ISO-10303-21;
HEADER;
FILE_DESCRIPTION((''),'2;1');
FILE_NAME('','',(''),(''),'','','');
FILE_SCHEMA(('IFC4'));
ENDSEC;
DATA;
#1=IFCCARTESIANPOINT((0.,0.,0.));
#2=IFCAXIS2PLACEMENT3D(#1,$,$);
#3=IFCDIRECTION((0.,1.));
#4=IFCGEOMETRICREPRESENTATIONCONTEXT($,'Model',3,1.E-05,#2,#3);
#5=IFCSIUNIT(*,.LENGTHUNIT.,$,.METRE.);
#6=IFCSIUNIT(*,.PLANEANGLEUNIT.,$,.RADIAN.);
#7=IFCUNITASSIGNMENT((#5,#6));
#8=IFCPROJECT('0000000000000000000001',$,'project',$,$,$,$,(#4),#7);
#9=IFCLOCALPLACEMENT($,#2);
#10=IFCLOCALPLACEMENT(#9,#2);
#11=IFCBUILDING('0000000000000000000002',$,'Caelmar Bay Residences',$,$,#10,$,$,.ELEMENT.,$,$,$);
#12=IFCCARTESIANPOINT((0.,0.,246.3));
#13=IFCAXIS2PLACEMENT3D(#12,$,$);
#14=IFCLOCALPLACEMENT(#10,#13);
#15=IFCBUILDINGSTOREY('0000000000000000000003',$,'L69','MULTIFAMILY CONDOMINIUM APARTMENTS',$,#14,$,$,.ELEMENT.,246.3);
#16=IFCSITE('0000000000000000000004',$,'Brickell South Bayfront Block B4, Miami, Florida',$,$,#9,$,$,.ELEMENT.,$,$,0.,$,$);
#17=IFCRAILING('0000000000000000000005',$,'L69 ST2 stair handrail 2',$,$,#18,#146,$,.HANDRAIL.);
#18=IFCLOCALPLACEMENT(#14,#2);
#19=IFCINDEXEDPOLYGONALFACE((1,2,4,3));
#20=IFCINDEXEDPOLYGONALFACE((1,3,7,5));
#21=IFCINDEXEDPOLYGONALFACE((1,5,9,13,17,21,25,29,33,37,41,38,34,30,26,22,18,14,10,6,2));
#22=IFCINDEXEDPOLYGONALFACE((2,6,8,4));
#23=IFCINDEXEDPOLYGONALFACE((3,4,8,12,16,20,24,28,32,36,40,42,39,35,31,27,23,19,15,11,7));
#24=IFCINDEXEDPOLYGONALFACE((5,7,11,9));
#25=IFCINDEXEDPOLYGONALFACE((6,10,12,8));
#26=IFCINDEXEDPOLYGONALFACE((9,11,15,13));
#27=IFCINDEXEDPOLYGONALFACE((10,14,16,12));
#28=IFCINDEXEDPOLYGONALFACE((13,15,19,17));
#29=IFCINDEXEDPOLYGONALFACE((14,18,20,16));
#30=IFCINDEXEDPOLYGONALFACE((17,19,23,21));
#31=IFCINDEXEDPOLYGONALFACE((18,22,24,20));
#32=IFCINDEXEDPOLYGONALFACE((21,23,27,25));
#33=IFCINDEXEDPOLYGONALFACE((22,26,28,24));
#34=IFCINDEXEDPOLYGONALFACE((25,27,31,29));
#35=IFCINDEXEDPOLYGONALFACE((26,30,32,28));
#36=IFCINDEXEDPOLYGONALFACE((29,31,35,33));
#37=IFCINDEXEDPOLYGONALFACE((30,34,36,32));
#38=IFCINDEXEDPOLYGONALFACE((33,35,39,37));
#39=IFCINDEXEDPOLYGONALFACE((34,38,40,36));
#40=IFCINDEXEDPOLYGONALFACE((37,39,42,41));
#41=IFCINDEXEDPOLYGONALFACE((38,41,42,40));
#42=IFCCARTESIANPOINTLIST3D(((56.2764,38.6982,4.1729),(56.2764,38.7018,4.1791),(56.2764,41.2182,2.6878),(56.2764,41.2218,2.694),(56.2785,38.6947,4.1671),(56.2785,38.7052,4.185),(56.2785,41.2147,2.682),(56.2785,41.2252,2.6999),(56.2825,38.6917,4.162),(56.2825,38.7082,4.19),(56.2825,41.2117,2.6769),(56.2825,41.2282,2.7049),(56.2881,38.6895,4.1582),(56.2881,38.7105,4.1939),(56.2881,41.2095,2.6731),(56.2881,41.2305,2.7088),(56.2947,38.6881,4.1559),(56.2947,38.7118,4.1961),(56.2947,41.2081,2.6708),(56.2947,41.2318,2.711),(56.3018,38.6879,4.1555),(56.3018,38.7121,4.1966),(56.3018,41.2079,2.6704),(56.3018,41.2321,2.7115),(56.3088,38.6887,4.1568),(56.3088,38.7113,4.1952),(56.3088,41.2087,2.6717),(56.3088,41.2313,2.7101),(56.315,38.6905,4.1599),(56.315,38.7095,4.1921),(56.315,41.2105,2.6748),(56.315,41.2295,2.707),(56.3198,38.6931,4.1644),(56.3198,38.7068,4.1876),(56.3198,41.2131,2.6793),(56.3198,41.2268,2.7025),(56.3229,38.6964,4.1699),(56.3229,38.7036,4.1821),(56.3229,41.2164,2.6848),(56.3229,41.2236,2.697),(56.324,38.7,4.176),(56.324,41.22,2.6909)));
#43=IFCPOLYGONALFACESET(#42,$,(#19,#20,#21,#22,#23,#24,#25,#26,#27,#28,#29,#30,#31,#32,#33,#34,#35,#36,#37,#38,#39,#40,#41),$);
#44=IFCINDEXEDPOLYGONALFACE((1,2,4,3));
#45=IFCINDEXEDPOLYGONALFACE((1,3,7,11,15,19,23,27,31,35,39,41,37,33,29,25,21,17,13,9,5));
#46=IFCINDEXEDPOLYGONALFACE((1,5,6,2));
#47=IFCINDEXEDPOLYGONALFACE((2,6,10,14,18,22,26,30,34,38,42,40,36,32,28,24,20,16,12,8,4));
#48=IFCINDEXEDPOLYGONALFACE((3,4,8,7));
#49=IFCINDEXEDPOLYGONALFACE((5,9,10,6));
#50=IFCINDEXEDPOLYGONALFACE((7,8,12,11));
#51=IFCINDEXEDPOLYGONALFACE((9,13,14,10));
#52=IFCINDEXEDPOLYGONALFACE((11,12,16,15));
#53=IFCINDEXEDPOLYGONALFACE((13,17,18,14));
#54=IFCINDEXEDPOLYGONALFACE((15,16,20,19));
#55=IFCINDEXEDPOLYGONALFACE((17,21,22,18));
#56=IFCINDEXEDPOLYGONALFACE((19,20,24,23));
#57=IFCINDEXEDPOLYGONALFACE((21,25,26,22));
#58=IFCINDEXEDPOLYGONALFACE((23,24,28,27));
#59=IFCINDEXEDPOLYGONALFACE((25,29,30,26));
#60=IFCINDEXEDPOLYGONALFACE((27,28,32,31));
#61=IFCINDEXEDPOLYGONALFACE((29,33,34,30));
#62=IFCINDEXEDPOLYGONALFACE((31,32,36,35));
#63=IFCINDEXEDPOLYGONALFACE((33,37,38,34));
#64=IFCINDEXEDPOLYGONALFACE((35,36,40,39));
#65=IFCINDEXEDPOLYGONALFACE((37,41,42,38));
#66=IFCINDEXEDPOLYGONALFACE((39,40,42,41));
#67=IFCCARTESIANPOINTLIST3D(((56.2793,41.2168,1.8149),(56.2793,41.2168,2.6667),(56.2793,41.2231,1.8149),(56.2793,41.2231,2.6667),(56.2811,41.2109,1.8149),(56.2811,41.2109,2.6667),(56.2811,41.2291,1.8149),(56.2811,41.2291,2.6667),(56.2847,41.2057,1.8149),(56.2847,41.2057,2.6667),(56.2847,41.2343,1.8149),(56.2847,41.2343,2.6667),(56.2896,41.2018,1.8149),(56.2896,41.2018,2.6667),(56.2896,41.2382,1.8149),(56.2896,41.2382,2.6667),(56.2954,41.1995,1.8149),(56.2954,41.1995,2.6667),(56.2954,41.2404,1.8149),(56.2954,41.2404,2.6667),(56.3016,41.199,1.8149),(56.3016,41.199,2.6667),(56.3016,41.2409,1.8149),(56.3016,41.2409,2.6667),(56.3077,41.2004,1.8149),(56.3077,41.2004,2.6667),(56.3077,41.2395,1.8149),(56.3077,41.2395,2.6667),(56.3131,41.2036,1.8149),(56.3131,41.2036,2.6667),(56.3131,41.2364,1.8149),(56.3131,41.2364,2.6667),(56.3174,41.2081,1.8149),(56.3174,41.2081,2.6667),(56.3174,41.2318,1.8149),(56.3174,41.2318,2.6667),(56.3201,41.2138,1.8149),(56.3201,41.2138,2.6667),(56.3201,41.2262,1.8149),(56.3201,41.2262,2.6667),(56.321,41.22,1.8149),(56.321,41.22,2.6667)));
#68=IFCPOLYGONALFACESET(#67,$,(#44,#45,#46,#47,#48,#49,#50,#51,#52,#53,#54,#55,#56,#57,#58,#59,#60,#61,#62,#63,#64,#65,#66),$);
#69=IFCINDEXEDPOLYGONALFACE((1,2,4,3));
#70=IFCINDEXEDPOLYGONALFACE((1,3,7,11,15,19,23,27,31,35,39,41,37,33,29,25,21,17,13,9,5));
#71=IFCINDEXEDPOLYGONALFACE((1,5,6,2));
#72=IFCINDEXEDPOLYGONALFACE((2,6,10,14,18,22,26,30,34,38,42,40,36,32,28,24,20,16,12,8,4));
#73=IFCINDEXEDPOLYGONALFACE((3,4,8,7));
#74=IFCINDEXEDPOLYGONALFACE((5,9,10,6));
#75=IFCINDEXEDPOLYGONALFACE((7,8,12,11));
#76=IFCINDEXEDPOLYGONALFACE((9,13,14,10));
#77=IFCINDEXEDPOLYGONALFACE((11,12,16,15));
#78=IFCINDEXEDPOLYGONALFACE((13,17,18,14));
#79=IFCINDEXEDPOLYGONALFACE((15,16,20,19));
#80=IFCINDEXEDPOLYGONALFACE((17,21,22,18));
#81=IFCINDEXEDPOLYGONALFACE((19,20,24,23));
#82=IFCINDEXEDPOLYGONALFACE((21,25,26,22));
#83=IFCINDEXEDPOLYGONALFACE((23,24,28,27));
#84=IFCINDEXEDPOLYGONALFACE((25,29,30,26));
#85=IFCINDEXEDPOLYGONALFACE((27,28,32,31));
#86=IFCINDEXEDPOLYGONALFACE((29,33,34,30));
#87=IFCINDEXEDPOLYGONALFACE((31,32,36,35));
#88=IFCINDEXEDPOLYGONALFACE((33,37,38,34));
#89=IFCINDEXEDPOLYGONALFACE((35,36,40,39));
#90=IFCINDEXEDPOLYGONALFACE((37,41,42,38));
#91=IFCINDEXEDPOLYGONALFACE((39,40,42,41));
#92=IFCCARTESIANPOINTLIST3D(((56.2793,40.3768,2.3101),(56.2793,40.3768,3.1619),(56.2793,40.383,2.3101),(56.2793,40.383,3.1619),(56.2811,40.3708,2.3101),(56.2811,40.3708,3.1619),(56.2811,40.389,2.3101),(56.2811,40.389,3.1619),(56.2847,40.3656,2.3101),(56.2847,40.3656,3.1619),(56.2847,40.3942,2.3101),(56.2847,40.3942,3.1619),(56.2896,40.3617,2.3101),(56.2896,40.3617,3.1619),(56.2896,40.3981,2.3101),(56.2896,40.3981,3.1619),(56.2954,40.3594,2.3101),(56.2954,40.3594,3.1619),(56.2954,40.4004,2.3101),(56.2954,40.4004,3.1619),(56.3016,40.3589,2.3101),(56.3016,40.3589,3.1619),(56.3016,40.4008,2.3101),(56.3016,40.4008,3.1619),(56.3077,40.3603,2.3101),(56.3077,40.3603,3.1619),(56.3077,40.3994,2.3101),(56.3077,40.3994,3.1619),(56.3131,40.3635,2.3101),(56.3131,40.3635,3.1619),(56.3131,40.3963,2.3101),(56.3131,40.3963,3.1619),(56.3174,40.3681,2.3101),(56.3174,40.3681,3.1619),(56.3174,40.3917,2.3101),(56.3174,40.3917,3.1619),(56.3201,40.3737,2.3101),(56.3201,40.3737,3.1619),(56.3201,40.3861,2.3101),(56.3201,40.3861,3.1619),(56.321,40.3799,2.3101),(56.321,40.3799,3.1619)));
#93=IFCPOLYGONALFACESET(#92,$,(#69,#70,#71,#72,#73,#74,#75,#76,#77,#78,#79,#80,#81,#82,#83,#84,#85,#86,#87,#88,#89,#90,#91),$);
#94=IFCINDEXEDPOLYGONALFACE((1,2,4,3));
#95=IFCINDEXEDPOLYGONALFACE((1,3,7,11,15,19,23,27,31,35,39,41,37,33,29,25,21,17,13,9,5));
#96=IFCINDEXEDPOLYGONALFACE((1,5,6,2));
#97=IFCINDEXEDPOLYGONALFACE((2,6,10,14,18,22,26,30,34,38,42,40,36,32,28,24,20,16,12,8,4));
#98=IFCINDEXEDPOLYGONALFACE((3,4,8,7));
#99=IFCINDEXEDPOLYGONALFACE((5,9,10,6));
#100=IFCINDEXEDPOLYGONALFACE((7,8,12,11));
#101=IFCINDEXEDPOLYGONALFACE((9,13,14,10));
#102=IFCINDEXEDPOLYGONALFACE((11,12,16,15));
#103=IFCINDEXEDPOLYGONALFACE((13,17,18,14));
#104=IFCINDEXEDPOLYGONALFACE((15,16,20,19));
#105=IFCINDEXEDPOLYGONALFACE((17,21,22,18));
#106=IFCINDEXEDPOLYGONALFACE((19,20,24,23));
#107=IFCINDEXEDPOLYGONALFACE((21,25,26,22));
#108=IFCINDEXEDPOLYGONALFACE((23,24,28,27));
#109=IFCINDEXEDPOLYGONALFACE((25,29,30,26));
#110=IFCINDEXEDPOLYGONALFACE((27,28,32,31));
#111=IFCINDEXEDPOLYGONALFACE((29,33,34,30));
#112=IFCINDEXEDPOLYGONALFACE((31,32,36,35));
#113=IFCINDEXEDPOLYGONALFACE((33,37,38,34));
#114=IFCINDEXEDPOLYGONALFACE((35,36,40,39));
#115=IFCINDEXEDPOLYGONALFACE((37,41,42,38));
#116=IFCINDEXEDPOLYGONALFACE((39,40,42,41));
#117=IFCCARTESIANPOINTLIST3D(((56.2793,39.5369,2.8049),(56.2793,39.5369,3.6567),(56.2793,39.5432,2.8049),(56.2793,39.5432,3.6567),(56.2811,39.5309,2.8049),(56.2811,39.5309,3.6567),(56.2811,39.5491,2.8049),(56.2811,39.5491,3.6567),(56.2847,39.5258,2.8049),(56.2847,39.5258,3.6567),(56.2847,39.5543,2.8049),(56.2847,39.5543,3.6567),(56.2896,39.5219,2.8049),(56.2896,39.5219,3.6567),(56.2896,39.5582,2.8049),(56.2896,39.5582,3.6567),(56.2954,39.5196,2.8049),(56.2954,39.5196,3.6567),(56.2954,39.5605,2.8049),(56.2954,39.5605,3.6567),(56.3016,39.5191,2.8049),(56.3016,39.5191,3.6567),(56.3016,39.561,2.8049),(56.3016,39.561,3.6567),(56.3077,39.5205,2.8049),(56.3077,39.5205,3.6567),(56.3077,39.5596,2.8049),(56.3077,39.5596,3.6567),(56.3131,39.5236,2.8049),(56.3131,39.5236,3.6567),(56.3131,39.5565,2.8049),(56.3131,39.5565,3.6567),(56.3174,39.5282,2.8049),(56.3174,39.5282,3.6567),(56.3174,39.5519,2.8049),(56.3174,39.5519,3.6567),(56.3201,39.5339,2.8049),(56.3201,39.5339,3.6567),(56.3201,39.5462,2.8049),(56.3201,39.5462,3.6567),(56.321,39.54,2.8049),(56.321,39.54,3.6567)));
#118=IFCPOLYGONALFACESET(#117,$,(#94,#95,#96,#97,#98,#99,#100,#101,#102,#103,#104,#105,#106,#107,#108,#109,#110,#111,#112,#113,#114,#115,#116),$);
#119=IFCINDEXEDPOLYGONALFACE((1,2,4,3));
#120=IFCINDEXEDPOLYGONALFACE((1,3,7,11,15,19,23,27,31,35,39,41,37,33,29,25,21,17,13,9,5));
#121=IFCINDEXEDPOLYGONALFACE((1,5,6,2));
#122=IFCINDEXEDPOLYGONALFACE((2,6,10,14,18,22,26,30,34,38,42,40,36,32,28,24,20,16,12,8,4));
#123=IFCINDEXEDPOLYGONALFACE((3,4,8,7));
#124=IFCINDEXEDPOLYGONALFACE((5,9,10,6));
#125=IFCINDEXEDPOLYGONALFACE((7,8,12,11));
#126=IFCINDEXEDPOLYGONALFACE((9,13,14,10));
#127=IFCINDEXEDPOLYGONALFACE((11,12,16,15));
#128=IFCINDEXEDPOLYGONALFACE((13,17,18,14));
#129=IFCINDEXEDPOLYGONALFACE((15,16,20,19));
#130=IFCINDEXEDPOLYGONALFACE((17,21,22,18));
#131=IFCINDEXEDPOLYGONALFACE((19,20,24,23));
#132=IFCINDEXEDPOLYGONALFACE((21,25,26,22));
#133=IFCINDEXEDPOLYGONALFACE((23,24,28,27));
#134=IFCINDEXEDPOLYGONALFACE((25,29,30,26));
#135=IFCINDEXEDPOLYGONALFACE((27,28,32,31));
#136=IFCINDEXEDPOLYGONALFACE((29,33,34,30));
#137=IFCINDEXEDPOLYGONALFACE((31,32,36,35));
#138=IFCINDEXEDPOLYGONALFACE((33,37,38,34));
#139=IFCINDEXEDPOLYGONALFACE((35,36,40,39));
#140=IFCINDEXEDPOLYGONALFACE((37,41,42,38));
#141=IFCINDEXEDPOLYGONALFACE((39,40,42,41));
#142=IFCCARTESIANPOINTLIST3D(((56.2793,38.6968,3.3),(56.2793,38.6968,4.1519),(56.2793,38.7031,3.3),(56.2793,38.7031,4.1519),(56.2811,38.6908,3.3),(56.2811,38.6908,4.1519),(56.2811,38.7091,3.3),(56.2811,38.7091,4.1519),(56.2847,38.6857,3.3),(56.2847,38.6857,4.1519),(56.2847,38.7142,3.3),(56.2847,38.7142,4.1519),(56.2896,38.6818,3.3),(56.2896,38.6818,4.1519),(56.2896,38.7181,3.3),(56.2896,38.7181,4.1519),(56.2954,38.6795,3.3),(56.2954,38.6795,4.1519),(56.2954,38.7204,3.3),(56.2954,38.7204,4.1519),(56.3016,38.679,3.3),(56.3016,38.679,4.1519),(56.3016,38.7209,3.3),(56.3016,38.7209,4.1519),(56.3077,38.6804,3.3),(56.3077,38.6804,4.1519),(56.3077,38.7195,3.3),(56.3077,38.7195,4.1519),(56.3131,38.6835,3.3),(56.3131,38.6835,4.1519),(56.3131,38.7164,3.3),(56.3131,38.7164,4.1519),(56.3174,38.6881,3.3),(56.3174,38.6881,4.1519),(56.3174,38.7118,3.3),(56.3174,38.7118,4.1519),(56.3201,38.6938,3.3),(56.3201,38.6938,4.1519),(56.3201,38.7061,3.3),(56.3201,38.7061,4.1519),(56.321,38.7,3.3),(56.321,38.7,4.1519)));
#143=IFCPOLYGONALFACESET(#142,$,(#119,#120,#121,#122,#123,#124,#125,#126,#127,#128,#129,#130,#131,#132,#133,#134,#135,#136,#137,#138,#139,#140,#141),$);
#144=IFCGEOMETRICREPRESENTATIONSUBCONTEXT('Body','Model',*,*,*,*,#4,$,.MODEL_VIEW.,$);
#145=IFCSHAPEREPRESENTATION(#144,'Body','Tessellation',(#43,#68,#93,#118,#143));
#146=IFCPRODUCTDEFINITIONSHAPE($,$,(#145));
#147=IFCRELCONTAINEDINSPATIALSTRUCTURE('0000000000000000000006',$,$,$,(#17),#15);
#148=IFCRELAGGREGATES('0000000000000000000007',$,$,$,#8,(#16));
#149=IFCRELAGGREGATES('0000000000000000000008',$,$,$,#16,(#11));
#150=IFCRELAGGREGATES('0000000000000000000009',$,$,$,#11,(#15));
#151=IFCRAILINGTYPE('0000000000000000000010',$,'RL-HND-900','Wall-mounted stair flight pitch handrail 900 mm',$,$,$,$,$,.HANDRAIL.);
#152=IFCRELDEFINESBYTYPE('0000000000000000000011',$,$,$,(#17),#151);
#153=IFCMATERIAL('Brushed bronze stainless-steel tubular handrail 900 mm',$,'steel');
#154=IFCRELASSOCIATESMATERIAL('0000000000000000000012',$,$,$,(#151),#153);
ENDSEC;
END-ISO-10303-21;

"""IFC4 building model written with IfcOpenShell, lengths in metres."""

from ifc_helpers import new_model, si_unit, direction, frame, origin, origin_2d, place, context, subcontext, project, spatial, circle, extrude, material, type_object, element, save


model = new_model("IFC4")

# Units and contexts
model_context = context("Model", 3, precision=1e-05, world=origin(), true_north=direction((0.0, 1.0)))
body_context = subcontext(model_context, "Body", "Model", "MODEL_VIEW")
ifc_project = project(units=[si_unit("LENGTHUNIT", "METRE"), si_unit("PLANEANGLEUNIT", "RADIAN")], contexts=[model_context])

# Site, building, storey
site_placement = place(None, origin())
site = spatial("IfcSite", under=ifc_project, at=site_placement, Name="Brickell South Bayfront Block B4, Miami, Florida", CompositionType="ELEMENT", RefElevation=0.0)
building_placement = place(site_placement, origin())
building = spatial("IfcBuilding", under=site, at=building_placement, Name="Caelmar Bay Residences", CompositionType="ELEMENT")
storey_placement = place(building_placement, frame((0.0, 0.0, 246.3)))
storey = spatial("IfcBuildingStorey", under=building, at=storey_placement, Name="L69", Description="MULTIFAMILY CONDOMINIUM APARTMENTS", CompositionType="ELEMENT", Elevation=246.3)

# Railing
ifc_material_1 = material(Name="Brushed bronze stainless-steel tubular handrail 900 mm", Category="steel")
railing_type_1 = type_object("IfcRailingType", Name="RL-HND-900", Description="Wall-mounted stair flight pitch handrail 900 mm", PredefinedType="HANDRAIL", material=ifc_material_1)
railing_1_placement = place(storey_placement, frame((56.3, 41.22, 1.8149)))
element("IfcRailing", 1, at=railing_1_placement, inside=storey, type_object=railing_type_1, Name="L69 ST2 stair handrail 2", PredefinedType="HANDRAIL", context=body_context, shape_type="SweptSolid", body=[
    extrude(circle(Radius=0.0239, at=origin_2d()), frame((0.0, 0.0, 0.876), z_axis=(0.0, -0.861524, 0.507717), x_axis=(1.0, 0.0, 0.0)), (0.0, 0.0, 1.0), 2.925),
    extrude(circle(Radius=0.021, at=origin_2d()), origin(), (0.0, 0.0, 1.0), 0.8518),
    extrude(circle(Radius=0.021, at=origin_2d()), frame((0.0, -0.8401, 0.4951)), (0.0, 0.0, 1.0), 0.8518),
    extrude(circle(Radius=0.021, at=origin_2d()), frame((0.0, -1.6799, 0.99)), (0.0, 0.0, 1.0), 0.8518),
    extrude(circle(Radius=0.021, at=origin_2d()), frame((0.0, -2.52, 1.4851)), (0.0, 0.0, 1.0), 0.8518),
])

save(model, "model.ifc")
